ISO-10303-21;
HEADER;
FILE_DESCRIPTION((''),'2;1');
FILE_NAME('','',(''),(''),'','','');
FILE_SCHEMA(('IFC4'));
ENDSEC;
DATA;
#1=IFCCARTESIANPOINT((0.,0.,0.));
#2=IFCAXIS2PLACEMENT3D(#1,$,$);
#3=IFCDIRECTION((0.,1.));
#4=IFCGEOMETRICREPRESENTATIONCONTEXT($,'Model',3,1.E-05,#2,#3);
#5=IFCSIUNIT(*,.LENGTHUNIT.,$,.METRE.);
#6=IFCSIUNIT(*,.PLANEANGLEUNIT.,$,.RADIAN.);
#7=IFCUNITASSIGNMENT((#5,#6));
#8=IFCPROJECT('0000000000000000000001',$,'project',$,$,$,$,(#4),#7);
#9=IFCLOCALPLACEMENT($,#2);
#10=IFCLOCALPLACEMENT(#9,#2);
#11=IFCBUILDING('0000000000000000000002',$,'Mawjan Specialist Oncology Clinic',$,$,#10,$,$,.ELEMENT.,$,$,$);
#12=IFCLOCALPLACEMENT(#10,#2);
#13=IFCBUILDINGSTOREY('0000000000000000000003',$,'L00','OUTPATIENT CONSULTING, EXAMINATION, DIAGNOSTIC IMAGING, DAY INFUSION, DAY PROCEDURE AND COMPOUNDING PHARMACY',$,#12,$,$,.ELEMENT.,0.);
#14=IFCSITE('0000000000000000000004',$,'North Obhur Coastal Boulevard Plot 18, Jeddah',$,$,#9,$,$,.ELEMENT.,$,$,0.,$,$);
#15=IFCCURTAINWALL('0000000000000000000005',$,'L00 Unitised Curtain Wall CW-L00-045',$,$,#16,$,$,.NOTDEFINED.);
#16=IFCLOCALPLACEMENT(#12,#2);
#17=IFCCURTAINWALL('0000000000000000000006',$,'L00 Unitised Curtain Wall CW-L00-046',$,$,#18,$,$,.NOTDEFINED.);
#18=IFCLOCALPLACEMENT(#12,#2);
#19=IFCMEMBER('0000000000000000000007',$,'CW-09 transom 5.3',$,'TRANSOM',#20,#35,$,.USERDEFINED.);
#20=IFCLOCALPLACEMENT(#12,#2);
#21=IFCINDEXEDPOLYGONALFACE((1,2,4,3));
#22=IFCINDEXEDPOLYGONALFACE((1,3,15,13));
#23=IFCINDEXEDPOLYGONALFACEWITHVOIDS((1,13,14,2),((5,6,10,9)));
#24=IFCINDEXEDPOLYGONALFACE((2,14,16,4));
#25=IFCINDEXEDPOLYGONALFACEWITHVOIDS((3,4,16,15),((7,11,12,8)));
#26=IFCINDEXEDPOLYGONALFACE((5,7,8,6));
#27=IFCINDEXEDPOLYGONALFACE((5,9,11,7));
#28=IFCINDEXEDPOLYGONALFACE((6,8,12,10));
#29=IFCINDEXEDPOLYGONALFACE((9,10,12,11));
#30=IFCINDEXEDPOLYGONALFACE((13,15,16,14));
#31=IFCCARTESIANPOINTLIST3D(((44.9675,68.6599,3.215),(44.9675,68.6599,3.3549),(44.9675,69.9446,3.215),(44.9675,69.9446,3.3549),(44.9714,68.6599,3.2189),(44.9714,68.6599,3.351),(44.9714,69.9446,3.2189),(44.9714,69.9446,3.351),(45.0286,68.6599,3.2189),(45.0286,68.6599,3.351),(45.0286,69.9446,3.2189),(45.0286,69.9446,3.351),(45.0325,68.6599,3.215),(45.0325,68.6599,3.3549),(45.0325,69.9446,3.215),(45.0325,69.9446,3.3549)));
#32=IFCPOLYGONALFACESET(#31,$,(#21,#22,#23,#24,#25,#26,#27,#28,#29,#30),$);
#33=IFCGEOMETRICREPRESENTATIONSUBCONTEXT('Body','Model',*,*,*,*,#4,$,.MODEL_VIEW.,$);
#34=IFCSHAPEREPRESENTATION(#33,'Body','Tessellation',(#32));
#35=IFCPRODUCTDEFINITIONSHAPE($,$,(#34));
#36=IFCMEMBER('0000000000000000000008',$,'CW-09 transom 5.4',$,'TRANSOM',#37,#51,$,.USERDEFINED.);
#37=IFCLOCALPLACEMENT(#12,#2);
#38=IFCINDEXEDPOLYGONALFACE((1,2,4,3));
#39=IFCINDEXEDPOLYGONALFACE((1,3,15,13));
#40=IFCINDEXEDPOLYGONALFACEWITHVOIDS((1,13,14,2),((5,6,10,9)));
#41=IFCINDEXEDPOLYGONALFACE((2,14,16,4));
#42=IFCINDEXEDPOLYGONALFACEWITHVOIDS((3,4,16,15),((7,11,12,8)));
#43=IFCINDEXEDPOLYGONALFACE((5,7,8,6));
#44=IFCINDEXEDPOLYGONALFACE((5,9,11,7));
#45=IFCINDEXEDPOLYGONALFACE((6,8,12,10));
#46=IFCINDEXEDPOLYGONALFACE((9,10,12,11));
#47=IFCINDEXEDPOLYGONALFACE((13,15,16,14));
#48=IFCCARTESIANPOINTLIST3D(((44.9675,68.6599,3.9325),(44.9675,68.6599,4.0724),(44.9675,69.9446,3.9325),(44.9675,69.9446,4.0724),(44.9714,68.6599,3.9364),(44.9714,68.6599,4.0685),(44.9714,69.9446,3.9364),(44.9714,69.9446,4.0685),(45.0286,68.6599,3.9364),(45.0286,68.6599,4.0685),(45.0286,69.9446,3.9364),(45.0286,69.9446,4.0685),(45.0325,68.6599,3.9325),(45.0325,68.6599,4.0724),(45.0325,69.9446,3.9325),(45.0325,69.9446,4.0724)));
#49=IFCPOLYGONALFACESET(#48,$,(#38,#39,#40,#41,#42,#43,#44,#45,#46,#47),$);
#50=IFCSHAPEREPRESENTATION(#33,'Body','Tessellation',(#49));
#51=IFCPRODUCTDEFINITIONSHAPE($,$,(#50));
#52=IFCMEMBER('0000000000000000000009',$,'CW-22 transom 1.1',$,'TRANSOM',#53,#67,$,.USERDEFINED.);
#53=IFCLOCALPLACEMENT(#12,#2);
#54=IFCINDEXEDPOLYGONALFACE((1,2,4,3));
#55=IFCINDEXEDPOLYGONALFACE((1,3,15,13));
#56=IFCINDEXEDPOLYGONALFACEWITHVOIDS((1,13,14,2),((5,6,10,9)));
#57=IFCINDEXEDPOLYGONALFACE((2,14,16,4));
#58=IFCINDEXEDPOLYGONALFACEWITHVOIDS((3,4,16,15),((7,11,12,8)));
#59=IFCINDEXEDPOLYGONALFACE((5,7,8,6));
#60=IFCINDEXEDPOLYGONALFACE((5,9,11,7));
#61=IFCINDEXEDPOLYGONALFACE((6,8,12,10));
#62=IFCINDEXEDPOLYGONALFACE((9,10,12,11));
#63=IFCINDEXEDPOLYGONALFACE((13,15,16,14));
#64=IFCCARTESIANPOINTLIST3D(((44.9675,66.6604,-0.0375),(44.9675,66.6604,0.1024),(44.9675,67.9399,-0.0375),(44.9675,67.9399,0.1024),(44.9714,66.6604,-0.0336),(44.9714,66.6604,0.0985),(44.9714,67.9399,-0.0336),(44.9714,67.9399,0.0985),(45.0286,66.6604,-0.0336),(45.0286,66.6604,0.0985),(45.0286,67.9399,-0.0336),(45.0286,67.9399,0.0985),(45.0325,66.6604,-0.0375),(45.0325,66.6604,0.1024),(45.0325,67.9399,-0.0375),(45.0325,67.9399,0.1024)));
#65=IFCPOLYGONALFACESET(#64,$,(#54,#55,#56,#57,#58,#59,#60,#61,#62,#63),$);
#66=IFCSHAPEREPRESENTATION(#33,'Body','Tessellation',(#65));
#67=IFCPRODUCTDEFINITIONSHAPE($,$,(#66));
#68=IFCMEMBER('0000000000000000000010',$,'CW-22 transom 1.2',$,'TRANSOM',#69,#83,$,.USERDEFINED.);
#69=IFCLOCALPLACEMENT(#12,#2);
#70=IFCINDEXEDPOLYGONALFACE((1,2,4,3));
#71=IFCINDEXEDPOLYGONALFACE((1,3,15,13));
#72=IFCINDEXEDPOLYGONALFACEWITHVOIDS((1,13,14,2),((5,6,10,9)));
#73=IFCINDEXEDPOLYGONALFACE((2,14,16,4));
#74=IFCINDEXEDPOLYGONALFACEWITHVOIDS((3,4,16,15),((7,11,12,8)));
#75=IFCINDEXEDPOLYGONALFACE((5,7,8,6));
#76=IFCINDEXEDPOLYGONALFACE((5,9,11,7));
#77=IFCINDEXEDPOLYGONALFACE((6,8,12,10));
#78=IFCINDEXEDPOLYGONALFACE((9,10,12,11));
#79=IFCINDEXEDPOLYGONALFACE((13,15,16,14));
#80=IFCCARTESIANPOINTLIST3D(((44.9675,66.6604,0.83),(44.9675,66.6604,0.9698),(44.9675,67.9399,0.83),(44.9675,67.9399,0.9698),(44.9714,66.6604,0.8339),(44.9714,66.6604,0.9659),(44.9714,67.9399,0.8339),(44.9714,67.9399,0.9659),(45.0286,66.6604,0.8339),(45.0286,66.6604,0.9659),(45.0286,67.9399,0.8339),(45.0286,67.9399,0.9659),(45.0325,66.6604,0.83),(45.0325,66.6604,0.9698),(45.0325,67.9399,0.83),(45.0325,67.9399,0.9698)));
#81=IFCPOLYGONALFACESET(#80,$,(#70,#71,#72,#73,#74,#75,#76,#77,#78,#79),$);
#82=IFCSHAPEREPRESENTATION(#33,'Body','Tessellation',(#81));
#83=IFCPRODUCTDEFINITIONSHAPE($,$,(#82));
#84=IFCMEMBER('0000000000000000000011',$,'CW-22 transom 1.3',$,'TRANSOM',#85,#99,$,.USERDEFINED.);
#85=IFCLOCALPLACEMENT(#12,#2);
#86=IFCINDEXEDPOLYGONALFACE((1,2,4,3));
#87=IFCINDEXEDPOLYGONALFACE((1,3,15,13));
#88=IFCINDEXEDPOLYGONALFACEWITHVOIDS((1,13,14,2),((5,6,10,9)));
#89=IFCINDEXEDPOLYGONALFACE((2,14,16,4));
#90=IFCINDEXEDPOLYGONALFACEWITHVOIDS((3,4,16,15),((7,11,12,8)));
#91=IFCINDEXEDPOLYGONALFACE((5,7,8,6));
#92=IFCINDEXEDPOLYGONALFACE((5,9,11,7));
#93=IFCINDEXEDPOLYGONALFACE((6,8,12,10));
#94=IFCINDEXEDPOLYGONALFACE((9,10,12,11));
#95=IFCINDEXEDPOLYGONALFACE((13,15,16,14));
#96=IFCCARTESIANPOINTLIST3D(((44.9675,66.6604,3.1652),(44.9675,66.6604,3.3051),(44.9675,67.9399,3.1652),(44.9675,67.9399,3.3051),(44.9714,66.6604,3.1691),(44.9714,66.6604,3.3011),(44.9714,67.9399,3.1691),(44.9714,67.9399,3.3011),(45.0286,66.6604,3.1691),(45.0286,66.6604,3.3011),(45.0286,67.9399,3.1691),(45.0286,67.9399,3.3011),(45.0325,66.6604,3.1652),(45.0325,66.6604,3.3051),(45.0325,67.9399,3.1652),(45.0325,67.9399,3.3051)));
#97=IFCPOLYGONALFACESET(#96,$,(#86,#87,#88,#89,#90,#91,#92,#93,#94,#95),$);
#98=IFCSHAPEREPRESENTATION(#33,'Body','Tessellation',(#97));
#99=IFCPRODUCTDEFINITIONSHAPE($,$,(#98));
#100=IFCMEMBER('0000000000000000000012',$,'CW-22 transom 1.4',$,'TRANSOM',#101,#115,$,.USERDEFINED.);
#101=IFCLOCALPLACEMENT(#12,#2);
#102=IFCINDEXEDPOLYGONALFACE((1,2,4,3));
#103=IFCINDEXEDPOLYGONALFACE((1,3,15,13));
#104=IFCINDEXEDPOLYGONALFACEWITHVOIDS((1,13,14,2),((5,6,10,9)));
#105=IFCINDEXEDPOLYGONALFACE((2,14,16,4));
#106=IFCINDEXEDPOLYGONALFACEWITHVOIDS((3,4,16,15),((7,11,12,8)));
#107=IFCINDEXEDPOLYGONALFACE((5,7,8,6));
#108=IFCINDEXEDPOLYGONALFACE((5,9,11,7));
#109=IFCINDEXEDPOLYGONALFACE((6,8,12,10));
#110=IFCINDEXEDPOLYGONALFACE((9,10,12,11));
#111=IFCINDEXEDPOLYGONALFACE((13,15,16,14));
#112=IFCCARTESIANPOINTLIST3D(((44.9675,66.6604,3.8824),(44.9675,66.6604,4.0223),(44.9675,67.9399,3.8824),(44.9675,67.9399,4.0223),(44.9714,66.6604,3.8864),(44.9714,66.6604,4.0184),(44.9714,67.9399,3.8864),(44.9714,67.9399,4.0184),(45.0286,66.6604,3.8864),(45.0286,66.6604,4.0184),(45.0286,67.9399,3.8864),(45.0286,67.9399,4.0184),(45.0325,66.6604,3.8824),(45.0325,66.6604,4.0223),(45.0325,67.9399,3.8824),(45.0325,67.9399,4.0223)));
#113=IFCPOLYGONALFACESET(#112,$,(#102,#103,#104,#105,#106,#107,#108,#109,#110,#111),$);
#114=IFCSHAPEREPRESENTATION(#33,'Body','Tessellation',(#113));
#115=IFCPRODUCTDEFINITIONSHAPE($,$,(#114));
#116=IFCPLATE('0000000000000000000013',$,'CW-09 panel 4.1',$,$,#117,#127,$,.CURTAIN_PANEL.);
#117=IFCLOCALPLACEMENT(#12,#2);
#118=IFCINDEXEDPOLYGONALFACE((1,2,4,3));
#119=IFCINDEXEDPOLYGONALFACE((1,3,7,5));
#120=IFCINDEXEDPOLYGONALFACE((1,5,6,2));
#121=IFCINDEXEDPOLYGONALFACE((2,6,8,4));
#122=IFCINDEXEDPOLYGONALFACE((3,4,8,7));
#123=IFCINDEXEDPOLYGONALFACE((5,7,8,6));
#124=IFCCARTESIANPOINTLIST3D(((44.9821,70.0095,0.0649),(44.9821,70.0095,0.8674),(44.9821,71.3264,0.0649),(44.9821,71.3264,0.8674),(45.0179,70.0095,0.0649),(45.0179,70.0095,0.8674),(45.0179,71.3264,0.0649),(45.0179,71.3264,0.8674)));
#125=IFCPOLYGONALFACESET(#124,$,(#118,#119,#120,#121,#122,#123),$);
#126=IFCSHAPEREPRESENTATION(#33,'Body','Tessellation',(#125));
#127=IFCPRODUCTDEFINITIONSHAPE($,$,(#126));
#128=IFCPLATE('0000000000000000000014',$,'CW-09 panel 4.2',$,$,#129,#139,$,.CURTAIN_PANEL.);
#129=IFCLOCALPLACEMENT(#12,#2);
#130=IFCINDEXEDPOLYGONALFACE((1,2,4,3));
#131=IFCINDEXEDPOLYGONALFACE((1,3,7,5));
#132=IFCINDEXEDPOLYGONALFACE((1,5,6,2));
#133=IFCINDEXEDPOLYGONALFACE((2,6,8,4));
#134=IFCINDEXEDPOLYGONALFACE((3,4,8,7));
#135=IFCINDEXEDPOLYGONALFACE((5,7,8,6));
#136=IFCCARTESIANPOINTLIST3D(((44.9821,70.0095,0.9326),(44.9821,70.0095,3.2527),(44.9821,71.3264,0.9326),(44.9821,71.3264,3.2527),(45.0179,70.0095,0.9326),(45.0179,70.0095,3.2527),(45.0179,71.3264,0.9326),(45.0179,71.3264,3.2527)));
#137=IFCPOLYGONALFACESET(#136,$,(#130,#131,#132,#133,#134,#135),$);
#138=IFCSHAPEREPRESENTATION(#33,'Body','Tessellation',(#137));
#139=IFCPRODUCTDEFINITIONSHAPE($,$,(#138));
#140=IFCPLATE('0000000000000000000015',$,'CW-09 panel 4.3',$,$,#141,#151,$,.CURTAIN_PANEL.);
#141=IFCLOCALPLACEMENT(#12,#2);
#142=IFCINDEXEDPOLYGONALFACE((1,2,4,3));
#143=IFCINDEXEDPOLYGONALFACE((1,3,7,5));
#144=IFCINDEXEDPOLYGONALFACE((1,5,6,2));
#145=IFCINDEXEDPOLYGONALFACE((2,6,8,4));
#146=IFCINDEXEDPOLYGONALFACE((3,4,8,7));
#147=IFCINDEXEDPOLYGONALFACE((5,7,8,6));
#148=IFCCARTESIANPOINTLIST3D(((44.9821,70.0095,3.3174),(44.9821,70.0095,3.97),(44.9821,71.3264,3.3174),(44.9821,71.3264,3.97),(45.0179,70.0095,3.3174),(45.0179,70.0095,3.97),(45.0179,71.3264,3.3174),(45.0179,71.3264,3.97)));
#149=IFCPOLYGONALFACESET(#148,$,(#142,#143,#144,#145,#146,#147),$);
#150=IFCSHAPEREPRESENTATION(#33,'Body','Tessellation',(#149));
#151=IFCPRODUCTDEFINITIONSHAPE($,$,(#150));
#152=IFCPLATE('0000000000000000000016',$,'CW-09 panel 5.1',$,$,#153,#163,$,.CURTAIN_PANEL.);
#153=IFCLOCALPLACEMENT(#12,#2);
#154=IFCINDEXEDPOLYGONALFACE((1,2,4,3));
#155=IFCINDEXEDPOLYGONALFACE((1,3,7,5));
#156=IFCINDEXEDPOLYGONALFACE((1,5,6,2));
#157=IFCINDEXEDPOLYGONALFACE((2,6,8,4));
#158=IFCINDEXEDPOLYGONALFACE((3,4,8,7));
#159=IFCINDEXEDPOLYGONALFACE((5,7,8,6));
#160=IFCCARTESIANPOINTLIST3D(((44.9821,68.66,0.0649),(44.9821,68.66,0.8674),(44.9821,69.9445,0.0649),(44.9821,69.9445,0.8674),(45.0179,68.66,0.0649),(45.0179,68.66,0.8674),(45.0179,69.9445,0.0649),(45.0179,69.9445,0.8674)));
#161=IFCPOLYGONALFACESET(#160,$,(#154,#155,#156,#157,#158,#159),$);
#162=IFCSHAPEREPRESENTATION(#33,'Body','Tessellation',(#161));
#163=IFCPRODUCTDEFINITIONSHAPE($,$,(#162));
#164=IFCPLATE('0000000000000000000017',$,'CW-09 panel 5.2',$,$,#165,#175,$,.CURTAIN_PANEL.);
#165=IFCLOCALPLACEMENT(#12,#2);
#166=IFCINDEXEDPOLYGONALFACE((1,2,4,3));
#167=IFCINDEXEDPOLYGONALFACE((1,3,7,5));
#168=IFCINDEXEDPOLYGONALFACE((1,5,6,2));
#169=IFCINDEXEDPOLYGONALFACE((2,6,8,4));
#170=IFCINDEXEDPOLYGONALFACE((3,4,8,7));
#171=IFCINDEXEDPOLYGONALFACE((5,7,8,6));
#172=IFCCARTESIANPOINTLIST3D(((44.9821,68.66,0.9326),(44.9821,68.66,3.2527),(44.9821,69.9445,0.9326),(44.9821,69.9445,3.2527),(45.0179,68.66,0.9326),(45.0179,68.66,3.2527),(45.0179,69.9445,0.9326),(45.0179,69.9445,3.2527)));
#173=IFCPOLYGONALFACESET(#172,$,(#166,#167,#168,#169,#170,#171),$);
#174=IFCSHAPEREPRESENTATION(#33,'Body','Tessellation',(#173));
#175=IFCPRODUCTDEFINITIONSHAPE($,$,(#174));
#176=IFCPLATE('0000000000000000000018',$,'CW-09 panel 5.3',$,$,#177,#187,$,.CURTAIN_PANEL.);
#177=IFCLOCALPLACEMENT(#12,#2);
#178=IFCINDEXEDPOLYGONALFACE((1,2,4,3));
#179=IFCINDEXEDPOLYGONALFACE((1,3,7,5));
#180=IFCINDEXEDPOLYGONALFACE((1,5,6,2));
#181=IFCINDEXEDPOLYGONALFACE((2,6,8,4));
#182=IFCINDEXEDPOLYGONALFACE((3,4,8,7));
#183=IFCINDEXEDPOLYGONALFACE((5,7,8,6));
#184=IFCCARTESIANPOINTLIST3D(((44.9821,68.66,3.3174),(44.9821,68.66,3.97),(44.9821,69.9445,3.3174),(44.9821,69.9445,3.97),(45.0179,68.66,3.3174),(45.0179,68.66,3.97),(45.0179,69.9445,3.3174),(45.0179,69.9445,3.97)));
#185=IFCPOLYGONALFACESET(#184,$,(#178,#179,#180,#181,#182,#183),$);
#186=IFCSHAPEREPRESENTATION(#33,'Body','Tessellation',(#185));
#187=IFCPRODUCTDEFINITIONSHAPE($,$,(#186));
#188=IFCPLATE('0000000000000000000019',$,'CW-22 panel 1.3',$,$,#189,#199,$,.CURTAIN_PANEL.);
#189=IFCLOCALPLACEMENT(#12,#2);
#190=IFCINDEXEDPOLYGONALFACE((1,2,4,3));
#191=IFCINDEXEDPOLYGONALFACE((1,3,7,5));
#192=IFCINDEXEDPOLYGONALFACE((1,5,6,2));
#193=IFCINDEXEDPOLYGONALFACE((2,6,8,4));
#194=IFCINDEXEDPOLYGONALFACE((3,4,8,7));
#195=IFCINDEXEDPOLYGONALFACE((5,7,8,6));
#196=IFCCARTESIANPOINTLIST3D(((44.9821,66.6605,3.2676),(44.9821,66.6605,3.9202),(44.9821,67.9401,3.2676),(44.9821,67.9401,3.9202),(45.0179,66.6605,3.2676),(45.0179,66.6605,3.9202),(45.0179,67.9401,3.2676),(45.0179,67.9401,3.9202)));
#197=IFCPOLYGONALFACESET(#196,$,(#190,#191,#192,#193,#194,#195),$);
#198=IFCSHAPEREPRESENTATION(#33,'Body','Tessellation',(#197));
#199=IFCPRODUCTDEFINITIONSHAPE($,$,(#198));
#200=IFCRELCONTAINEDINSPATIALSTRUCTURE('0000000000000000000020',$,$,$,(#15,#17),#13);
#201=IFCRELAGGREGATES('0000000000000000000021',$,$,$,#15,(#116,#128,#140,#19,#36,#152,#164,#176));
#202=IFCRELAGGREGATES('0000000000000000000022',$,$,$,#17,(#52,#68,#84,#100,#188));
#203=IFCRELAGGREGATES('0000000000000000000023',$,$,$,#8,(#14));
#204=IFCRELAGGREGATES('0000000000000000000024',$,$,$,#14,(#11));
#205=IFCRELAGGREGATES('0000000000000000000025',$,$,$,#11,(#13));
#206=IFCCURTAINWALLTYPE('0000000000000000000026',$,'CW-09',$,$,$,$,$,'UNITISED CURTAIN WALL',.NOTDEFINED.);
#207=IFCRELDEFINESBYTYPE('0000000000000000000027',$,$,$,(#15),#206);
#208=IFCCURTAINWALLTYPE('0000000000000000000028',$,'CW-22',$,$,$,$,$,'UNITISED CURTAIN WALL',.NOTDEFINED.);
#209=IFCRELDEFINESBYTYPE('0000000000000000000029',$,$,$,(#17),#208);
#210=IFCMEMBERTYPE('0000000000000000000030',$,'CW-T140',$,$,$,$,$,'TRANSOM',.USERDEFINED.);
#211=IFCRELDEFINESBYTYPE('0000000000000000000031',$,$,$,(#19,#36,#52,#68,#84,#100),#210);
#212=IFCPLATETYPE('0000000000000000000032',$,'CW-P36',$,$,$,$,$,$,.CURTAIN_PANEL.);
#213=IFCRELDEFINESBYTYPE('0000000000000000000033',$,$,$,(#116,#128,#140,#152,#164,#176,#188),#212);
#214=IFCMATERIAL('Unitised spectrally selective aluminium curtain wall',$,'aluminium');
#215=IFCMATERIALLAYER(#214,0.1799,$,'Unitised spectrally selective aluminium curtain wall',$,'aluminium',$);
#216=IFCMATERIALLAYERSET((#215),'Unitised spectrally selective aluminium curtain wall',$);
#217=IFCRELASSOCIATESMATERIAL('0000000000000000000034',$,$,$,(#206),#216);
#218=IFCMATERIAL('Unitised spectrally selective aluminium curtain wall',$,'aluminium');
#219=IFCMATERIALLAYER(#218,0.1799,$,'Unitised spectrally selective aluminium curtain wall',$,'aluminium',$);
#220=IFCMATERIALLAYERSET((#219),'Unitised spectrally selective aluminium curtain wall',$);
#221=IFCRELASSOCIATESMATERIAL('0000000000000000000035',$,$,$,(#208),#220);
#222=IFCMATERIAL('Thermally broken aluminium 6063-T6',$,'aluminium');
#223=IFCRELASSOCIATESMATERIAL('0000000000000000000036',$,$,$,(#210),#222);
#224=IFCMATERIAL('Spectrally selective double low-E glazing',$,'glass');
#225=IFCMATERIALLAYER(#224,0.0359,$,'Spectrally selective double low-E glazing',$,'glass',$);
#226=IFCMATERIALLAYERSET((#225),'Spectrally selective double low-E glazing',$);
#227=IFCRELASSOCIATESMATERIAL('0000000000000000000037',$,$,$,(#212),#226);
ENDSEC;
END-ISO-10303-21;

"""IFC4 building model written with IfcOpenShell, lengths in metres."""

from ifc_helpers import new_model, si_unit, direction, frame, origin, origin_2d, place, context, subcontext, project, spatial, rectangle, hollow_rectangle, extrude, material, layer, layer_set, material_profile, profile_set, type_object, element, aggregate, save


model = new_model("IFC4")

# Units and contexts
model_context = context("Model", 3, precision=1e-05, world=origin(), true_north=direction((0.0, 1.0)))
body_context = subcontext(model_context, "Body", "Model", "MODEL_VIEW")
ifc_project = project(units=[si_unit("LENGTHUNIT", "METRE"), si_unit("PLANEANGLEUNIT", "RADIAN")], contexts=[model_context])

# Site, building, storey
site_placement = place(None, origin())
site = spatial("IfcSite", under=ifc_project, at=site_placement, Name="North Obhur Coastal Boulevard Plot 18, Jeddah", CompositionType="ELEMENT", RefElevation=0.0)
building_placement = place(site_placement, origin())
building = spatial("IfcBuilding", under=site, at=building_placement, Name="Mawjan Specialist Oncology Clinic", CompositionType="ELEMENT")
storey_placement = place(building_placement, origin())
storey = spatial("IfcBuildingStorey", under=building, at=storey_placement, Name="L00", Description="OUTPATIENT CONSULTING, EXAMINATION, DIAGNOSTIC IMAGING, DAY INFUSION, DAY PROCEDURE AND COMPOUNDING PHARMACY", CompositionType="ELEMENT", Elevation=0.0)

# Curtain wall
ifc_material_1 = material(Name="Unitised spectrally selective aluminium curtain wall", Category="aluminium")
ifc_layer_1 = layer(ifc_material_1, 0.1799, Name="Unitised spectrally selective aluminium curtain wall", Category="aluminium")
ifc_layer_set_1 = layer_set([ifc_layer_1], Name="Unitised spectrally selective aluminium curtain wall")
curtain_wall_type_1 = type_object("IfcCurtainWallType", Name="CW-09", ElementType="UNITISED CURTAIN WALL", PredefinedType="NOTDEFINED", material=ifc_layer_set_1)
curtain_wall_1_placement = place(storey_placement, origin())
curtain_wall_1 = element("IfcCurtainWall", 1, at=curtain_wall_1_placement, inside=storey, type_object=curtain_wall_type_1, Name="L00 Unitised Curtain Wall CW-L00-045", PredefinedType="NOTDEFINED")

# Curtain wall
ifc_material_2 = material(Name="Unitised spectrally selective aluminium curtain wall", Category="aluminium")
ifc_layer_2 = layer(ifc_material_2, 0.1799, Name="Unitised spectrally selective aluminium curtain wall", Category="aluminium")
ifc_layer_set_2 = layer_set([ifc_layer_2], Name="Unitised spectrally selective aluminium curtain wall")
curtain_wall_type_2 = type_object("IfcCurtainWallType", Name="CW-22", ElementType="UNITISED CURTAIN WALL", PredefinedType="NOTDEFINED", material=ifc_layer_set_2)
curtain_wall_2_placement = place(storey_placement, origin())
curtain_wall_2 = element("IfcCurtainWall", 2, at=curtain_wall_2_placement, inside=storey, type_object=curtain_wall_type_2, Name="L00 Unitised Curtain Wall CW-L00-046", PredefinedType="NOTDEFINED")

# Members
ifc_material_3 = material(Name="Thermally broken aluminium 6063-T6", Category="aluminium")
ifc_material_profile_1 = material_profile(ifc_material_3, hollow_rectangle(XDim=0.0649, YDim=0.1399, WallThickness=0.0039, at=origin_2d()), Name="ALU TRANSOM 140x65x4", Category="aluminium")
ifc_profile_set_1 = profile_set([ifc_material_profile_1], Name="Thermally broken aluminium 6063-T6")
member_type_1 = type_object("IfcMemberType", Name="CW-T140", ElementType="TRANSOM", PredefinedType="USERDEFINED", material=ifc_profile_set_1)
member_1_placement = place(storey_placement, frame((45.0, 69.9446, 3.2849), z_axis=(0.0, -1.0, 0.0), x_axis=(1.0, 0.0, 0.0)))
member_1 = element("IfcMember", 3, at=member_1_placement, type_object=member_type_1, Name="CW-09 transom 5.3", ObjectType="TRANSOM", PredefinedType="USERDEFINED", context=body_context, shape_type="SweptSolid", body=[
    extrude(hollow_rectangle(XDim=0.0649, YDim=0.1399, WallThickness=0.0039, at=origin_2d()), origin(), (0.0, 0.0, 1.0), 1.2847),
])
member_2_placement = place(storey_placement, frame((45.0, 69.9446, 4.0024), z_axis=(0.0, -1.0, 0.0), x_axis=(1.0, 0.0, 0.0)))
member_2 = element("IfcMember", 4, at=member_2_placement, type_object=member_type_1, Name="CW-09 transom 5.4", ObjectType="TRANSOM", PredefinedType="USERDEFINED", context=body_context, shape_type="SweptSolid", body=[
    extrude(hollow_rectangle(XDim=0.0649, YDim=0.1399, WallThickness=0.0039, at=origin_2d()), origin(), (0.0, 0.0, 1.0), 1.2847),
])
member_3_placement = place(storey_placement, frame((45.0, 67.9399, 0.0325), z_axis=(0.0, -1.0, 0.0), x_axis=(1.0, 0.0, 0.0)))
member_3 = element("IfcMember", 5, at=member_3_placement, type_object=member_type_1, Name="CW-22 transom 1.1", ObjectType="TRANSOM", PredefinedType="USERDEFINED", context=body_context, shape_type="SweptSolid", body=[
    extrude(hollow_rectangle(XDim=0.0649, YDim=0.1399, WallThickness=0.0039, at=origin_2d()), origin(), (0.0, 0.0, 1.0), 1.2795),
])
member_4_placement = place(storey_placement, frame((45.0, 67.9399, 0.8999), z_axis=(0.0, -1.0, 0.0), x_axis=(1.0, 0.0, 0.0)))
member_4 = element("IfcMember", 6, at=member_4_placement, type_object=member_type_1, Name="CW-22 transom 1.2", ObjectType="TRANSOM", PredefinedType="USERDEFINED", context=body_context, shape_type="SweptSolid", body=[
    extrude(hollow_rectangle(XDim=0.0649, YDim=0.1399, WallThickness=0.0039, at=origin_2d()), origin(), (0.0, 0.0, 1.0), 1.2795),
])
member_5_placement = place(storey_placement, frame((45.0, 67.9399, 3.2351), z_axis=(0.0, -1.0, 0.0), x_axis=(1.0, 0.0, 0.0)))
member_5 = element("IfcMember", 7, at=member_5_placement, type_object=member_type_1, Name="CW-22 transom 1.3", ObjectType="TRANSOM", PredefinedType="USERDEFINED", context=body_context, shape_type="SweptSolid", body=[
    extrude(hollow_rectangle(XDim=0.0649, YDim=0.1399, WallThickness=0.0039, at=origin_2d()), origin(), (0.0, 0.0, 1.0), 1.2795),
])
member_6_placement = place(storey_placement, frame((45.0, 67.9399, 3.9524), z_axis=(0.0, -1.0, 0.0), x_axis=(1.0, 0.0, 0.0)))
member_6 = element("IfcMember", 8, at=member_6_placement, type_object=member_type_1, Name="CW-22 transom 1.4", ObjectType="TRANSOM", PredefinedType="USERDEFINED", context=body_context, shape_type="SweptSolid", body=[
    extrude(hollow_rectangle(XDim=0.0649, YDim=0.1399, WallThickness=0.0039, at=origin_2d()), origin(), (0.0, 0.0, 1.0), 1.2795),
])

# Plates
ifc_material_4 = material(Name="Spectrally selective double low-E glazing", Category="glass")
ifc_layer_3 = layer(ifc_material_4, 0.0359, Name="Spectrally selective double low-E glazing", Category="glass")
ifc_layer_set_3 = layer_set([ifc_layer_3], Name="Spectrally selective double low-E glazing")
plate_type = type_object("IfcPlateType", Name="CW-P36", PredefinedType="CURTAIN_PANEL", material=ifc_layer_set_3)
plate_1_placement = place(storey_placement, frame((45.0, 70.668, 0.0649), z_axis=(0.0, 0.0, 1.0), x_axis=(0.0, -1.0, 0.0)))
plate_1 = element("IfcPlate", 9, at=plate_1_placement, type_object=plate_type, Name="CW-09 panel 4.1", PredefinedType="CURTAIN_PANEL", context=body_context, shape_type="SweptSolid", body=[
    extrude(rectangle(XDim=1.3169, YDim=0.0359, at=origin_2d()), origin(), (0.0, 0.0, 1.0), 0.8025),
])
plate_2_placement = place(storey_placement, frame((45.0, 70.668, 0.9326), z_axis=(0.0, 0.0, 1.0), x_axis=(0.0, -1.0, 0.0)))
plate_2 = element("IfcPlate", 10, at=plate_2_placement, type_object=plate_type, Name="CW-09 panel 4.2", PredefinedType="CURTAIN_PANEL", context=body_context, shape_type="SweptSolid", body=[
    extrude(rectangle(XDim=1.3169, YDim=0.0359, at=origin_2d()), origin(), (0.0, 0.0, 1.0), 2.3201),
])
plate_3_placement = place(storey_placement, frame((45.0, 70.668, 3.3174), z_axis=(0.0, 0.0, 1.0), x_axis=(0.0, -1.0, 0.0)))
plate_3 = element("IfcPlate", 11, at=plate_3_placement, type_object=plate_type, Name="CW-09 panel 4.3", PredefinedType="CURTAIN_PANEL", context=body_context, shape_type="SweptSolid", body=[
    extrude(rectangle(XDim=1.3169, YDim=0.0359, at=origin_2d()), origin(), (0.0, 0.0, 1.0), 0.6526),
])
plate_4_placement = place(storey_placement, frame((45.0, 69.3022, 0.0649), z_axis=(0.0, 0.0, 1.0), x_axis=(0.0, -1.0, 0.0)))
plate_4 = element("IfcPlate", 12, at=plate_4_placement, type_object=plate_type, Name="CW-09 panel 5.1", PredefinedType="CURTAIN_PANEL", context=body_context, shape_type="SweptSolid", body=[
    extrude(rectangle(XDim=1.2844, YDim=0.0359, at=origin_2d()), origin(), (0.0, 0.0, 1.0), 0.8025),
])
plate_5_placement = place(storey_placement, frame((45.0, 69.3022, 0.9326), z_axis=(0.0, 0.0, 1.0), x_axis=(0.0, -1.0, 0.0)))
plate_5 = element("IfcPlate", 13, at=plate_5_placement, type_object=plate_type, Name="CW-09 panel 5.2", PredefinedType="CURTAIN_PANEL", context=body_context, shape_type="SweptSolid", body=[
    extrude(rectangle(XDim=1.2844, YDim=0.0359, at=origin_2d()), origin(), (0.0, 0.0, 1.0), 2.3201),
])
plate_6_placement = place(storey_placement, frame((45.0, 69.3022, 3.3174), z_axis=(0.0, 0.0, 1.0), x_axis=(0.0, -1.0, 0.0)))
plate_6 = element("IfcPlate", 14, at=plate_6_placement, type_object=plate_type, Name="CW-09 panel 5.3", PredefinedType="CURTAIN_PANEL", context=body_context, shape_type="SweptSolid", body=[
    extrude(rectangle(XDim=1.2844, YDim=0.0359, at=origin_2d()), origin(), (0.0, 0.0, 1.0), 0.6526),
])
aggregate(curtain_wall_1, [plate_1, plate_2, plate_3, member_1, member_2, plate_4, plate_5, plate_6])
plate_7_placement = place(storey_placement, frame((45.0, 67.3003, 3.2676), z_axis=(0.0, 0.0, 1.0), x_axis=(0.0, -1.0, 0.0)))
plate_7 = element("IfcPlate", 15, at=plate_7_placement, type_object=plate_type, Name="CW-22 panel 1.3", PredefinedType="CURTAIN_PANEL", context=body_context, shape_type="SweptSolid", body=[
    extrude(rectangle(XDim=1.2795, YDim=0.0359, at=origin_2d()), origin(), (0.0, 0.0, 1.0), 0.6526),
])
aggregate(curtain_wall_2, [member_3, member_4, member_5, member_6, plate_7])

save(model, "model.ifc")
